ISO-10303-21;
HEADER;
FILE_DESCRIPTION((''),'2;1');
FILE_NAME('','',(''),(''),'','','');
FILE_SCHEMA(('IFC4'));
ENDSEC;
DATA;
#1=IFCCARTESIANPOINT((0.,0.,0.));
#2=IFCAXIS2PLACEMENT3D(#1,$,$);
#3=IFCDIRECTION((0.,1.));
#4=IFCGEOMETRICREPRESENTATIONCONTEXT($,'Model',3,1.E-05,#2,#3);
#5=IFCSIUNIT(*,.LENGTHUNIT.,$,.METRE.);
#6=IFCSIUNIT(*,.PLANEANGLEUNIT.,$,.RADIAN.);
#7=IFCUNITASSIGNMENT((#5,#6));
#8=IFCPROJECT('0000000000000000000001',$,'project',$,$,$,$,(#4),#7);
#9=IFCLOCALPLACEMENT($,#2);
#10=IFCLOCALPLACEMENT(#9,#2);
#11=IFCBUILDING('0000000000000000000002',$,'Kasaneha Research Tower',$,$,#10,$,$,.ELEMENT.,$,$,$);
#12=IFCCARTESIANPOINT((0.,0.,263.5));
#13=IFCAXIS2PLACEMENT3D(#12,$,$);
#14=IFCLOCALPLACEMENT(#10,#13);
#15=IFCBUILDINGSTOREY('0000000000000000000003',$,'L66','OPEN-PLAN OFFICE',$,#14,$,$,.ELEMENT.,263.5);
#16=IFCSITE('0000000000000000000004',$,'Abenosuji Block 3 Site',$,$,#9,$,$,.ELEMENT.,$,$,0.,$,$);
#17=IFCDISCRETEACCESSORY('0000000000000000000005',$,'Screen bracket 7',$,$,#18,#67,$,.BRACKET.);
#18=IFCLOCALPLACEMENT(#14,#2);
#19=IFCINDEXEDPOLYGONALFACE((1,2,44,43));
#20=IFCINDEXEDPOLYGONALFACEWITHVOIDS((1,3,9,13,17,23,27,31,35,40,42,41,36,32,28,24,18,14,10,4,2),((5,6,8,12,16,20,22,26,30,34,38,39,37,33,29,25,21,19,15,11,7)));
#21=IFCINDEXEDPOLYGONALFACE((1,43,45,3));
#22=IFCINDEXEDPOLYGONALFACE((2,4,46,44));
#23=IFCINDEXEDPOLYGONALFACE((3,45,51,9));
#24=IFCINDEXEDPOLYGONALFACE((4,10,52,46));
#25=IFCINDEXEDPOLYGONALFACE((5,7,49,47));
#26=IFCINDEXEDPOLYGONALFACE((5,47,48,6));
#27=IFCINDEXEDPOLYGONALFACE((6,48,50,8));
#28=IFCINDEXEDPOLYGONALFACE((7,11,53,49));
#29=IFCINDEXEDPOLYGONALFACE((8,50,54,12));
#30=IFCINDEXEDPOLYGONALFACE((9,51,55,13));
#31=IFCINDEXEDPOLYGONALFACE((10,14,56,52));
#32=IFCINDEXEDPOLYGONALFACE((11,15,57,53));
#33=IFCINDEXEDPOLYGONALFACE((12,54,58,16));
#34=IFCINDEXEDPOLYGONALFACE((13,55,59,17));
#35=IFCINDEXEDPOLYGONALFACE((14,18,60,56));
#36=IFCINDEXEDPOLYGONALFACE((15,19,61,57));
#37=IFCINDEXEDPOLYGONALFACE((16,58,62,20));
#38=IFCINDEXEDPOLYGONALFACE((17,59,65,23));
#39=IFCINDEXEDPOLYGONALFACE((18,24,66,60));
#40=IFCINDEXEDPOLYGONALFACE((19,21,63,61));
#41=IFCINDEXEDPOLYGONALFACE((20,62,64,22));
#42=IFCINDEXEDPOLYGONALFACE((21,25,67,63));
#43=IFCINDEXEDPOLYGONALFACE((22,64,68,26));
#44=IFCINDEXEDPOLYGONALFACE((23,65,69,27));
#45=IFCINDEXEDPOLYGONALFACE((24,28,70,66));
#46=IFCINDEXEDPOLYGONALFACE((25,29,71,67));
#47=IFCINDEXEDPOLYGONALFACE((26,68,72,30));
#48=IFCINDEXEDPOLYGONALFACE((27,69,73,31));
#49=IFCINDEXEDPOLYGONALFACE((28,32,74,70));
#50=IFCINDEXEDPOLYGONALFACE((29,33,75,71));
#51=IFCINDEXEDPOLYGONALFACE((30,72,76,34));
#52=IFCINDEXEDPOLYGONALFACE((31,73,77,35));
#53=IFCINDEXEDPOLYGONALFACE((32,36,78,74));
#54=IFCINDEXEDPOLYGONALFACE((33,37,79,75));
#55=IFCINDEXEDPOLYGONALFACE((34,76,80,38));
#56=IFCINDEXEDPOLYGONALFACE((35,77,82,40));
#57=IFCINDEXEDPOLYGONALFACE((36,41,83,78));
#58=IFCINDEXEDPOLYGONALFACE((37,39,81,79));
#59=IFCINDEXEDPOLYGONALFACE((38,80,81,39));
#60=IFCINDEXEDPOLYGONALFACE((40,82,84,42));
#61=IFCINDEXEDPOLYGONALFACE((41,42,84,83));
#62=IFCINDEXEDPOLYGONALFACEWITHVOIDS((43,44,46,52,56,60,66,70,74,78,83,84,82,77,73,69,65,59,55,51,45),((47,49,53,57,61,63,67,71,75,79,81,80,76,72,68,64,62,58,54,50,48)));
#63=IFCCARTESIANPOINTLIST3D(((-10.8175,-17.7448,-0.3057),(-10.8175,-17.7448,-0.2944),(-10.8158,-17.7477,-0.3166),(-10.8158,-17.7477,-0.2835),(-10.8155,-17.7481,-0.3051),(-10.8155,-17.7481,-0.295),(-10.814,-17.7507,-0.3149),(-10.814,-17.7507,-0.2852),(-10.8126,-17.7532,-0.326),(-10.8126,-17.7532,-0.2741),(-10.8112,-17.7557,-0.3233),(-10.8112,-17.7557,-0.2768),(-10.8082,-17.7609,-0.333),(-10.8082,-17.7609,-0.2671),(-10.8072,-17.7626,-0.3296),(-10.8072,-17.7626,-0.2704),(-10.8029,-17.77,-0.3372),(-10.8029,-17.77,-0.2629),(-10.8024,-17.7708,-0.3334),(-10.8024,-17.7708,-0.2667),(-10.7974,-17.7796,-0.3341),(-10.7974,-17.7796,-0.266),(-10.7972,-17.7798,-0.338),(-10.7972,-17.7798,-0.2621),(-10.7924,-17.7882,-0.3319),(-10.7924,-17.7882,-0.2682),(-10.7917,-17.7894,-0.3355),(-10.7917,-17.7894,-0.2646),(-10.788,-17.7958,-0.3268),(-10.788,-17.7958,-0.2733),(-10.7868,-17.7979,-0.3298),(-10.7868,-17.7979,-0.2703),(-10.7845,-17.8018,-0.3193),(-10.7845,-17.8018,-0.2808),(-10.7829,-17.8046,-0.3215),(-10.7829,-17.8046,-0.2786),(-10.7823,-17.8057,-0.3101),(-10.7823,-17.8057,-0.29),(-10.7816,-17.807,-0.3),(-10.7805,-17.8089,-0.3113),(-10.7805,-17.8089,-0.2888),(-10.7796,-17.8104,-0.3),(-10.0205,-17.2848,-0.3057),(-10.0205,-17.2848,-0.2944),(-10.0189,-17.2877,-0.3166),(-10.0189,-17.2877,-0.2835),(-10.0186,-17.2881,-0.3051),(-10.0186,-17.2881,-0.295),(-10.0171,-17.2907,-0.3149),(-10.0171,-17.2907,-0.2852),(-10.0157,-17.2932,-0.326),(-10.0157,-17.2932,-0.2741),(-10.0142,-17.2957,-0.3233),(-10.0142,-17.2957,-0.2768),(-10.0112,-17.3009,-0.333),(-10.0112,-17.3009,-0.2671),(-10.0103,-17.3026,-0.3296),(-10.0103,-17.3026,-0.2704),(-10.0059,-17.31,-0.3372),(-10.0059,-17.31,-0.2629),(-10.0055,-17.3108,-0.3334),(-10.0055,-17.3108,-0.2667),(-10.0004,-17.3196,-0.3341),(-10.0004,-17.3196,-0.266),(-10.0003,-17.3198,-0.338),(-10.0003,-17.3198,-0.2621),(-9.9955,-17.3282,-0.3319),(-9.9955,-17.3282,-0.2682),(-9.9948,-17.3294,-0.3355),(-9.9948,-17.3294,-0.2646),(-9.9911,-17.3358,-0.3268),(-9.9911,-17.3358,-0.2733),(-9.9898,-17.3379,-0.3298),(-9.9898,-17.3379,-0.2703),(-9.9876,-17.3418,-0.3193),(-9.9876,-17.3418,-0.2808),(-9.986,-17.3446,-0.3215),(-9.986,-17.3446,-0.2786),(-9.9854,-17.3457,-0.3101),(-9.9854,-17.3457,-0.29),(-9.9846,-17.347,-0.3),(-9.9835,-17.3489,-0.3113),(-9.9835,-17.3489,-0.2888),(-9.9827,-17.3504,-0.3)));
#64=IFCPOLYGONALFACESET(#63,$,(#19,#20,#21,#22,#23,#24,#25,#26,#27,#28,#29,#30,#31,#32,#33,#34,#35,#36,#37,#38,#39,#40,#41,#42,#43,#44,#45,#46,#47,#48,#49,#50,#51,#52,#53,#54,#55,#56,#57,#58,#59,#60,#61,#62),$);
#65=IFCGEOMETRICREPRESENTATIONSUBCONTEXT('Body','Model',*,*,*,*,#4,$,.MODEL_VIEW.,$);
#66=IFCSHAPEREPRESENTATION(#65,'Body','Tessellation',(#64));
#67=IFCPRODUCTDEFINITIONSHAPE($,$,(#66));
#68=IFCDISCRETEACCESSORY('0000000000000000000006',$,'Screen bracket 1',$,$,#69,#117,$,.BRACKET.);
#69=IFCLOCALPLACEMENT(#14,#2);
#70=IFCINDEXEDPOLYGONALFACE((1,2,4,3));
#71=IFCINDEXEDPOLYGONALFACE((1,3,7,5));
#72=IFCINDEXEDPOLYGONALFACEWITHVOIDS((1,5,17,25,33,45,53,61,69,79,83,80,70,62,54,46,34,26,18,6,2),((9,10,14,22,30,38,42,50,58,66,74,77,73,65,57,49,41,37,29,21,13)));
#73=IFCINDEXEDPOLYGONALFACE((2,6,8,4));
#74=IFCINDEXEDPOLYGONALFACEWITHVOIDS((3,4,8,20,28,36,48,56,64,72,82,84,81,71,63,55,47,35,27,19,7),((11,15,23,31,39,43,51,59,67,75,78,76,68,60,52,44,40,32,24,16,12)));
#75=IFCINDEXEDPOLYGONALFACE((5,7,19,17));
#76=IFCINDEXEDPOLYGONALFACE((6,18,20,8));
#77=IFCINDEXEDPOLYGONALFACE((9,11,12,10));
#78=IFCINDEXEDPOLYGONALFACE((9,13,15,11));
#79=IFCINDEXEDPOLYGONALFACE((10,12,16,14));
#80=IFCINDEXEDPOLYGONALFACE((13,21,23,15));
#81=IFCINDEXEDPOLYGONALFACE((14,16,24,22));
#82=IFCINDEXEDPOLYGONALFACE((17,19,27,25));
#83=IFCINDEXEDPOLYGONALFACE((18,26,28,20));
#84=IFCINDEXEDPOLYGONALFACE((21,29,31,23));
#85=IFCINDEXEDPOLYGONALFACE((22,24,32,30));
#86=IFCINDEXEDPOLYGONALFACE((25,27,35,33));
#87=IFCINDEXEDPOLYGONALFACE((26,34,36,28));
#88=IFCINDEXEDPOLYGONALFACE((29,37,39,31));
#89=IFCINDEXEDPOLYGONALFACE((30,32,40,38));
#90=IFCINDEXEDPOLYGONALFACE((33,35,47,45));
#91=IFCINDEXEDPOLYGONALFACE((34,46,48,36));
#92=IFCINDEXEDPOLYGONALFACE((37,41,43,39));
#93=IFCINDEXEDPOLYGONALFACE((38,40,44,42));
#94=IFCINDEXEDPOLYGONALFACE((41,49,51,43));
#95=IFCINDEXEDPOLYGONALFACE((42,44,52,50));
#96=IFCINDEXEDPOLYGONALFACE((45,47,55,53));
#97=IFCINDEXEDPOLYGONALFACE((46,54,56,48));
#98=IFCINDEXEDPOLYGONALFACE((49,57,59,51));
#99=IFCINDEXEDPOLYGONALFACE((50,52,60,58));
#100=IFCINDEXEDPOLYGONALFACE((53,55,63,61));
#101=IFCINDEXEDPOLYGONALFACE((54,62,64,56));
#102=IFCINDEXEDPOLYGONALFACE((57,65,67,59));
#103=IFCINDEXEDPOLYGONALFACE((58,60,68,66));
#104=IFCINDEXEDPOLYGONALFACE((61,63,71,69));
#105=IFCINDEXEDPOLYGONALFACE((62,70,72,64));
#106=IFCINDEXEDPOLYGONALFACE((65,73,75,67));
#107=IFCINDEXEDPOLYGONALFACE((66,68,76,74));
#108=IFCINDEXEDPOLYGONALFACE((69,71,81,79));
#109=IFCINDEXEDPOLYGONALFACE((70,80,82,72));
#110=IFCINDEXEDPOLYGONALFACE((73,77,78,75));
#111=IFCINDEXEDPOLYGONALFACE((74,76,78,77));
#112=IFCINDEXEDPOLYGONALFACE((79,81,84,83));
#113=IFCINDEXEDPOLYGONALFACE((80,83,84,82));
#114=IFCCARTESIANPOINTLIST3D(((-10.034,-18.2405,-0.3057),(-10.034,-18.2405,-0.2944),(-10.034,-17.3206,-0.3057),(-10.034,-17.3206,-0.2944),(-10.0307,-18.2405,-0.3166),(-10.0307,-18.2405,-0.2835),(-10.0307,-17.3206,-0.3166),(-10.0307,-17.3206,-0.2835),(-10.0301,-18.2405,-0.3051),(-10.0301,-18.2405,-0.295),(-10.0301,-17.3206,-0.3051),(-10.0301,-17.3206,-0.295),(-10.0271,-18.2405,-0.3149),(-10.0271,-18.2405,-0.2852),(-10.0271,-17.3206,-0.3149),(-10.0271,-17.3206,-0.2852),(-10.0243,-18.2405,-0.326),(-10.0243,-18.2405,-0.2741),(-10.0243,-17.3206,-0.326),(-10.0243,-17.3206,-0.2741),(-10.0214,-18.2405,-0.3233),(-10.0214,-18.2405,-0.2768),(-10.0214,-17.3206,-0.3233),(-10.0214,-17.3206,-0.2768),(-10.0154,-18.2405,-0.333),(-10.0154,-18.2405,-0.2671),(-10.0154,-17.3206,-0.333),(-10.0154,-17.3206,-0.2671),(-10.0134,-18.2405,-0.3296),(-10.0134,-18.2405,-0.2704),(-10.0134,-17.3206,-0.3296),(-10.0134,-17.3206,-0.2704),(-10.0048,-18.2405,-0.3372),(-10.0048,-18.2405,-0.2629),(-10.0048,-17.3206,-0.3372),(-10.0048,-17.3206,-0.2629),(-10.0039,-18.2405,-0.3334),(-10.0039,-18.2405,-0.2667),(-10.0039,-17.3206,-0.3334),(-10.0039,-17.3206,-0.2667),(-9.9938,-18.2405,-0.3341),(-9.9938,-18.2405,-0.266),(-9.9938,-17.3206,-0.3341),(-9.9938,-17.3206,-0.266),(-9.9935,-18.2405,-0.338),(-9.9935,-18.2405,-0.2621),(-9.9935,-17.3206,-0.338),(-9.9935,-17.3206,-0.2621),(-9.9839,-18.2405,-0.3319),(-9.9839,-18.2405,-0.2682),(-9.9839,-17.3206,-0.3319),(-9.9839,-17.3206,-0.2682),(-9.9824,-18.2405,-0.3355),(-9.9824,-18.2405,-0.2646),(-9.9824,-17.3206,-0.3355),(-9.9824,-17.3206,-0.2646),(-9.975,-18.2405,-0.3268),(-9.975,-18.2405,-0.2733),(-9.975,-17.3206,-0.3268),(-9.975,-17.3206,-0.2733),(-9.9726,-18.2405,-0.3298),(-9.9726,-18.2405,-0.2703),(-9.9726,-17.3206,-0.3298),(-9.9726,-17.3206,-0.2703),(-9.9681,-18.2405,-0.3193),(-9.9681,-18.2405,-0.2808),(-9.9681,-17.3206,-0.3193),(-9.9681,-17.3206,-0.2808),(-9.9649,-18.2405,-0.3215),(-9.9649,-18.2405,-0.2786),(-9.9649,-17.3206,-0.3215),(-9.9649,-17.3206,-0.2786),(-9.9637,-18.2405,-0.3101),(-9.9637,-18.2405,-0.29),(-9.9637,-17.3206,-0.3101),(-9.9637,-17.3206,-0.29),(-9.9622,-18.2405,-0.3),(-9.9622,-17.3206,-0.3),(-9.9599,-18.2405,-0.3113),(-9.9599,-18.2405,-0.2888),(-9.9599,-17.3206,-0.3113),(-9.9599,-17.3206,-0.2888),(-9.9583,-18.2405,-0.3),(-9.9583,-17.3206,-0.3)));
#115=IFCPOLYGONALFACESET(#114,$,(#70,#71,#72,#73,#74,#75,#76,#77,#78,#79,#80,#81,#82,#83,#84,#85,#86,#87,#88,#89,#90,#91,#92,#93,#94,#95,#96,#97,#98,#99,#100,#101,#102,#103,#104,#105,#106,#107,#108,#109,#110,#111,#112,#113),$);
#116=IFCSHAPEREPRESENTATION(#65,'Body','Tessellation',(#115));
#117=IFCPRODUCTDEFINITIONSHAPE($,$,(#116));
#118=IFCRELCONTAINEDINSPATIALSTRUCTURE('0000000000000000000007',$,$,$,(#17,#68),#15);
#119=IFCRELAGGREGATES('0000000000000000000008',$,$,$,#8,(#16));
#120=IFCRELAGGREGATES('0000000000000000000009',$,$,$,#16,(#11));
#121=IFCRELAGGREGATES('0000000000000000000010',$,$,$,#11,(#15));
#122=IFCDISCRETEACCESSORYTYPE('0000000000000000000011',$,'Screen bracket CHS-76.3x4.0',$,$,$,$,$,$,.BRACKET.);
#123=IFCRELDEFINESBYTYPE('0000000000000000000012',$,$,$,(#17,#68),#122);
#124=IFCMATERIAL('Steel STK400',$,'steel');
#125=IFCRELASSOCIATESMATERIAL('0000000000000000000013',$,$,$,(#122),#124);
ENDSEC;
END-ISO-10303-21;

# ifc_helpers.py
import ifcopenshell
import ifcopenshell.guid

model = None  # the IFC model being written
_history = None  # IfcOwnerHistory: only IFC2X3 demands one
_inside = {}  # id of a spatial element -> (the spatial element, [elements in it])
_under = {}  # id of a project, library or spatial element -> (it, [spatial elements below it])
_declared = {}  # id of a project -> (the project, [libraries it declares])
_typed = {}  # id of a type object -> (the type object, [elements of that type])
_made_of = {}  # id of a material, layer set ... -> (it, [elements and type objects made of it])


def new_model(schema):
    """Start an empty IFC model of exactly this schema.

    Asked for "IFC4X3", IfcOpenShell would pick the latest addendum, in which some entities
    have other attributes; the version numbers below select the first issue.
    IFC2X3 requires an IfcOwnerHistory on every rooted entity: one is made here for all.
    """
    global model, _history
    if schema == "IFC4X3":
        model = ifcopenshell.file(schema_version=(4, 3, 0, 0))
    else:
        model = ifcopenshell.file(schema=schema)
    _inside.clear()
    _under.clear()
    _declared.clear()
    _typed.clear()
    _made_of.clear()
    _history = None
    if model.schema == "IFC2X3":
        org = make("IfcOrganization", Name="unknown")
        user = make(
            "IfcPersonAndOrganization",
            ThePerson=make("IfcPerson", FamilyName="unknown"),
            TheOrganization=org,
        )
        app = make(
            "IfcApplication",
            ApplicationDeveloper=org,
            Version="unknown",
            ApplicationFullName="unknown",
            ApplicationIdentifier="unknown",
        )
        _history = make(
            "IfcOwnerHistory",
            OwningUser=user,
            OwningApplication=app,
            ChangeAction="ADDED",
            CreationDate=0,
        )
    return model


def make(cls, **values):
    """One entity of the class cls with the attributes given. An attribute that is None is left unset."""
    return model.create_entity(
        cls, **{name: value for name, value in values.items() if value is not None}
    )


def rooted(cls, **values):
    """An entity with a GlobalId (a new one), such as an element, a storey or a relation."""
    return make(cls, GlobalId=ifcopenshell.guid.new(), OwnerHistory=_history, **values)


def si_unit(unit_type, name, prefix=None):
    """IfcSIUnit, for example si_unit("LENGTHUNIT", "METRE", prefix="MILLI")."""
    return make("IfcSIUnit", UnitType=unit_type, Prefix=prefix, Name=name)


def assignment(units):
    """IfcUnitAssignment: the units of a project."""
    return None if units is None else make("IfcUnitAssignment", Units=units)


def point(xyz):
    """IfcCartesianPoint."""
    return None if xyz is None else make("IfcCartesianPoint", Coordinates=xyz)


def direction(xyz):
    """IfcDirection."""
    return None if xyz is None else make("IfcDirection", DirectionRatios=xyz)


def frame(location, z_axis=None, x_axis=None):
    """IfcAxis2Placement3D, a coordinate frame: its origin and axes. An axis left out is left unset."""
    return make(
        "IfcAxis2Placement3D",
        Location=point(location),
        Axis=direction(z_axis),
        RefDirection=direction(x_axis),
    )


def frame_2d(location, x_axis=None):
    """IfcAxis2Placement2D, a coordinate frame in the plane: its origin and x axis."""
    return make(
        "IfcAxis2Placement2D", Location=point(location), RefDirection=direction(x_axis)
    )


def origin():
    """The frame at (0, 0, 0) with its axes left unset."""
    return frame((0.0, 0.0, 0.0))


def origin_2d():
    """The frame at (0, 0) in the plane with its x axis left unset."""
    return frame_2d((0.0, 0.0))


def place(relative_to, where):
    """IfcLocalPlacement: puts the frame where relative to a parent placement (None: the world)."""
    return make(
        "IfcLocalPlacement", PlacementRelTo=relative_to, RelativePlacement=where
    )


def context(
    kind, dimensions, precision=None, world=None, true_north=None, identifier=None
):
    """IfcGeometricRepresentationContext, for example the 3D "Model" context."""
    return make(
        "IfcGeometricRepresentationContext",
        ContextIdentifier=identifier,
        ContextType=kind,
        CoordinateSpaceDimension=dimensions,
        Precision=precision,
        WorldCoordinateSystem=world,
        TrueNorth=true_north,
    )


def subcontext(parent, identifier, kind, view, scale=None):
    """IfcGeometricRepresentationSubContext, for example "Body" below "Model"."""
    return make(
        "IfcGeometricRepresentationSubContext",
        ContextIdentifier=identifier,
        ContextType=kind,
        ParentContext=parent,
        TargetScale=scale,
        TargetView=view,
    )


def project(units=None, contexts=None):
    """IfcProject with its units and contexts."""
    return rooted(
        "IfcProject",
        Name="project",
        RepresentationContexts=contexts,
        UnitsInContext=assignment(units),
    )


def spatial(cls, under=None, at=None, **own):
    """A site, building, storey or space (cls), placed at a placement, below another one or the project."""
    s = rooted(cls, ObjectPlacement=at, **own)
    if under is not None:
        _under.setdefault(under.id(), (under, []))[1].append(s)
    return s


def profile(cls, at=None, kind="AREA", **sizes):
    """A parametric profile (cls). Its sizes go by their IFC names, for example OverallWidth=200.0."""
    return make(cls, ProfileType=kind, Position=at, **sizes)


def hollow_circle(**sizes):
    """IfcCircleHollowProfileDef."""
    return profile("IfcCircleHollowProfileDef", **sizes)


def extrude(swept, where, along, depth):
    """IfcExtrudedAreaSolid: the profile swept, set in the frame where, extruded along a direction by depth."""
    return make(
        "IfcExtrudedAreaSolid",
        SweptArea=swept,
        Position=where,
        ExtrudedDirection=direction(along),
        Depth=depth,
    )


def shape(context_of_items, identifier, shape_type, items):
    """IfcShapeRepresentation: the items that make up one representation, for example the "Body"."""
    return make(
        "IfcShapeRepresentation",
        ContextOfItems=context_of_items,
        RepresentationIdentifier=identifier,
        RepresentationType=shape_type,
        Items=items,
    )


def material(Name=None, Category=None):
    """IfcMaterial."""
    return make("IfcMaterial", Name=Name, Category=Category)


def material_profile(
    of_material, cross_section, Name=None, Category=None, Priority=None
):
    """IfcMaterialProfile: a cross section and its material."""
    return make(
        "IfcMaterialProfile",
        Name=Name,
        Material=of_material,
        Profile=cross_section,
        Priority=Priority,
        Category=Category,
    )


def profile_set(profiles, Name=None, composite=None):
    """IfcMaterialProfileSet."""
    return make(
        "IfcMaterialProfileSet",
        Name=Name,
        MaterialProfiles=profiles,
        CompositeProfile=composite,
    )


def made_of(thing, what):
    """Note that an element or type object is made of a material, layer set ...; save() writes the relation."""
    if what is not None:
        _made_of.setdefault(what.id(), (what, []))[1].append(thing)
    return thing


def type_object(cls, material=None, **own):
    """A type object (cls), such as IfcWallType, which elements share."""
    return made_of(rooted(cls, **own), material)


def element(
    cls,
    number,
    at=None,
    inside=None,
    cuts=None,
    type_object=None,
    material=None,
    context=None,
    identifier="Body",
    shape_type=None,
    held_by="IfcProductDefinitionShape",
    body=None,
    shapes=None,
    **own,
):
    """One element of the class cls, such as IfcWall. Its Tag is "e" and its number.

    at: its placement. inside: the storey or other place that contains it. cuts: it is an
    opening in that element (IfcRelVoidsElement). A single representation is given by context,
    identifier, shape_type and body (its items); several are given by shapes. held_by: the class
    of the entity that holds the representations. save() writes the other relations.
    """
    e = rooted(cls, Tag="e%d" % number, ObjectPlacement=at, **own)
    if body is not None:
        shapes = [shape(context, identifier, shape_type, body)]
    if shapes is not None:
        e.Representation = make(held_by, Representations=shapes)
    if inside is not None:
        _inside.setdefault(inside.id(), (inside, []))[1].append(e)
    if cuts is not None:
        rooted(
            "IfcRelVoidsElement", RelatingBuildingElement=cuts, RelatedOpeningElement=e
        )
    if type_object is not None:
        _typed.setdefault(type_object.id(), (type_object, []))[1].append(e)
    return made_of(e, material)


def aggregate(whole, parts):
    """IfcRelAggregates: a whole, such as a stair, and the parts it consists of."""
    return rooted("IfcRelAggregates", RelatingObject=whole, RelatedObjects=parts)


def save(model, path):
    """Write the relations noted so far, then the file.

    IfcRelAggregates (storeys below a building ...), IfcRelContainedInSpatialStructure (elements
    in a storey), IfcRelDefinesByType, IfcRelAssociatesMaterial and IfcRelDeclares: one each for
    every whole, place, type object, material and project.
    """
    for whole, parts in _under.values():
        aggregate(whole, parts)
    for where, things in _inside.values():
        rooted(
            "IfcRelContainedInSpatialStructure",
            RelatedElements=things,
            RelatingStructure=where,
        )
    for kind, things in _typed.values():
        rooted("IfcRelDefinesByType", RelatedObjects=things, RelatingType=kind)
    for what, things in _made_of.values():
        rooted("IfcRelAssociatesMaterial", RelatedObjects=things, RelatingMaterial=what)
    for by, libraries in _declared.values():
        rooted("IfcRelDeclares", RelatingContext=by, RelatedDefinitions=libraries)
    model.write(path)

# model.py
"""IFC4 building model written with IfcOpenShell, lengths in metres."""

from ifc_helpers import new_model, si_unit, direction, frame, origin, origin_2d, place, context, subcontext, project, spatial, hollow_circle, extrude, material, material_profile, profile_set, type_object, element, save


model = new_model("IFC4")

# Units and contexts
model_context = context("Model", 3, precision=1e-05, world=origin(), true_north=direction((0.0, 1.0)))
body_context = subcontext(model_context, "Body", "Model", "MODEL_VIEW")
ifc_project = project(units=[si_unit("LENGTHUNIT", "METRE"), si_unit("PLANEANGLEUNIT", "RADIAN")], contexts=[model_context])

# Site, building, storey
site_placement = place(None, origin())
site = spatial("IfcSite", under=ifc_project, at=site_placement, Name="Abenosuji Block 3 Site", CompositionType="ELEMENT", RefElevation=0.0)
building_placement = place(site_placement, origin())
building = spatial("IfcBuilding", under=site, at=building_placement, Name="Kasaneha Research Tower", CompositionType="ELEMENT")
storey_placement = place(building_placement, frame((0.0, 0.0, 263.5)))
storey = spatial("IfcBuildingStorey", under=building, at=storey_placement, Name="L66", Description="OPEN-PLAN OFFICE", CompositionType="ELEMENT", Elevation=263.5)

# Discrete accessories
ifc_material_1 = material(Name="Steel STK400", Category="steel")
ifc_material_profile_1 = material_profile(ifc_material_1, hollow_circle(Radius=0.0381, WallThickness=0.0039, at=origin_2d()), Name="CHS-76.3x4.0")
ifc_profile_set_1 = profile_set([ifc_material_profile_1], Name="Steel STK400")
discrete_accessory_type = type_object("IfcDiscreteAccessoryType", Name="Screen bracket CHS-76.3x4.0", PredefinedType="BRACKET", material=ifc_profile_set_1)
discrete_accessory_1_placement = place(storey_placement, frame((-10.0017, -17.3174, -0.3), z_axis=(-0.86608, -0.499906, 0.0), x_axis=(0.499906, -0.86608, 0.0)))
element("IfcDiscreteAccessory", 1, at=discrete_accessory_1_placement, inside=storey, type_object=discrete_accessory_type, Name="Screen bracket 7", PredefinedType="BRACKET", context=body_context, shape_type="SweptSolid", body=[
    extrude(hollow_circle(Radius=0.0381, WallThickness=0.0039, at=origin_2d()), origin(), (0.0, 0.0, 1.0), 0.9202),
])
discrete_accessory_2_placement = place(storey_placement, frame((-9.9963, -17.3206, -0.3), z_axis=(0.0, -1.0, 0.0), x_axis=(1.0, 0.0, 0.0)))
element("IfcDiscreteAccessory", 2, at=discrete_accessory_2_placement, inside=storey, type_object=discrete_accessory_type, Name="Screen bracket 1", PredefinedType="BRACKET", context=body_context, shape_type="SweptSolid", body=[
    extrude(hollow_circle(Radius=0.0381, WallThickness=0.0039, at=origin_2d()), origin(), (0.0, 0.0, 1.0), 0.9199),
])

save(model, "model.ifc")
